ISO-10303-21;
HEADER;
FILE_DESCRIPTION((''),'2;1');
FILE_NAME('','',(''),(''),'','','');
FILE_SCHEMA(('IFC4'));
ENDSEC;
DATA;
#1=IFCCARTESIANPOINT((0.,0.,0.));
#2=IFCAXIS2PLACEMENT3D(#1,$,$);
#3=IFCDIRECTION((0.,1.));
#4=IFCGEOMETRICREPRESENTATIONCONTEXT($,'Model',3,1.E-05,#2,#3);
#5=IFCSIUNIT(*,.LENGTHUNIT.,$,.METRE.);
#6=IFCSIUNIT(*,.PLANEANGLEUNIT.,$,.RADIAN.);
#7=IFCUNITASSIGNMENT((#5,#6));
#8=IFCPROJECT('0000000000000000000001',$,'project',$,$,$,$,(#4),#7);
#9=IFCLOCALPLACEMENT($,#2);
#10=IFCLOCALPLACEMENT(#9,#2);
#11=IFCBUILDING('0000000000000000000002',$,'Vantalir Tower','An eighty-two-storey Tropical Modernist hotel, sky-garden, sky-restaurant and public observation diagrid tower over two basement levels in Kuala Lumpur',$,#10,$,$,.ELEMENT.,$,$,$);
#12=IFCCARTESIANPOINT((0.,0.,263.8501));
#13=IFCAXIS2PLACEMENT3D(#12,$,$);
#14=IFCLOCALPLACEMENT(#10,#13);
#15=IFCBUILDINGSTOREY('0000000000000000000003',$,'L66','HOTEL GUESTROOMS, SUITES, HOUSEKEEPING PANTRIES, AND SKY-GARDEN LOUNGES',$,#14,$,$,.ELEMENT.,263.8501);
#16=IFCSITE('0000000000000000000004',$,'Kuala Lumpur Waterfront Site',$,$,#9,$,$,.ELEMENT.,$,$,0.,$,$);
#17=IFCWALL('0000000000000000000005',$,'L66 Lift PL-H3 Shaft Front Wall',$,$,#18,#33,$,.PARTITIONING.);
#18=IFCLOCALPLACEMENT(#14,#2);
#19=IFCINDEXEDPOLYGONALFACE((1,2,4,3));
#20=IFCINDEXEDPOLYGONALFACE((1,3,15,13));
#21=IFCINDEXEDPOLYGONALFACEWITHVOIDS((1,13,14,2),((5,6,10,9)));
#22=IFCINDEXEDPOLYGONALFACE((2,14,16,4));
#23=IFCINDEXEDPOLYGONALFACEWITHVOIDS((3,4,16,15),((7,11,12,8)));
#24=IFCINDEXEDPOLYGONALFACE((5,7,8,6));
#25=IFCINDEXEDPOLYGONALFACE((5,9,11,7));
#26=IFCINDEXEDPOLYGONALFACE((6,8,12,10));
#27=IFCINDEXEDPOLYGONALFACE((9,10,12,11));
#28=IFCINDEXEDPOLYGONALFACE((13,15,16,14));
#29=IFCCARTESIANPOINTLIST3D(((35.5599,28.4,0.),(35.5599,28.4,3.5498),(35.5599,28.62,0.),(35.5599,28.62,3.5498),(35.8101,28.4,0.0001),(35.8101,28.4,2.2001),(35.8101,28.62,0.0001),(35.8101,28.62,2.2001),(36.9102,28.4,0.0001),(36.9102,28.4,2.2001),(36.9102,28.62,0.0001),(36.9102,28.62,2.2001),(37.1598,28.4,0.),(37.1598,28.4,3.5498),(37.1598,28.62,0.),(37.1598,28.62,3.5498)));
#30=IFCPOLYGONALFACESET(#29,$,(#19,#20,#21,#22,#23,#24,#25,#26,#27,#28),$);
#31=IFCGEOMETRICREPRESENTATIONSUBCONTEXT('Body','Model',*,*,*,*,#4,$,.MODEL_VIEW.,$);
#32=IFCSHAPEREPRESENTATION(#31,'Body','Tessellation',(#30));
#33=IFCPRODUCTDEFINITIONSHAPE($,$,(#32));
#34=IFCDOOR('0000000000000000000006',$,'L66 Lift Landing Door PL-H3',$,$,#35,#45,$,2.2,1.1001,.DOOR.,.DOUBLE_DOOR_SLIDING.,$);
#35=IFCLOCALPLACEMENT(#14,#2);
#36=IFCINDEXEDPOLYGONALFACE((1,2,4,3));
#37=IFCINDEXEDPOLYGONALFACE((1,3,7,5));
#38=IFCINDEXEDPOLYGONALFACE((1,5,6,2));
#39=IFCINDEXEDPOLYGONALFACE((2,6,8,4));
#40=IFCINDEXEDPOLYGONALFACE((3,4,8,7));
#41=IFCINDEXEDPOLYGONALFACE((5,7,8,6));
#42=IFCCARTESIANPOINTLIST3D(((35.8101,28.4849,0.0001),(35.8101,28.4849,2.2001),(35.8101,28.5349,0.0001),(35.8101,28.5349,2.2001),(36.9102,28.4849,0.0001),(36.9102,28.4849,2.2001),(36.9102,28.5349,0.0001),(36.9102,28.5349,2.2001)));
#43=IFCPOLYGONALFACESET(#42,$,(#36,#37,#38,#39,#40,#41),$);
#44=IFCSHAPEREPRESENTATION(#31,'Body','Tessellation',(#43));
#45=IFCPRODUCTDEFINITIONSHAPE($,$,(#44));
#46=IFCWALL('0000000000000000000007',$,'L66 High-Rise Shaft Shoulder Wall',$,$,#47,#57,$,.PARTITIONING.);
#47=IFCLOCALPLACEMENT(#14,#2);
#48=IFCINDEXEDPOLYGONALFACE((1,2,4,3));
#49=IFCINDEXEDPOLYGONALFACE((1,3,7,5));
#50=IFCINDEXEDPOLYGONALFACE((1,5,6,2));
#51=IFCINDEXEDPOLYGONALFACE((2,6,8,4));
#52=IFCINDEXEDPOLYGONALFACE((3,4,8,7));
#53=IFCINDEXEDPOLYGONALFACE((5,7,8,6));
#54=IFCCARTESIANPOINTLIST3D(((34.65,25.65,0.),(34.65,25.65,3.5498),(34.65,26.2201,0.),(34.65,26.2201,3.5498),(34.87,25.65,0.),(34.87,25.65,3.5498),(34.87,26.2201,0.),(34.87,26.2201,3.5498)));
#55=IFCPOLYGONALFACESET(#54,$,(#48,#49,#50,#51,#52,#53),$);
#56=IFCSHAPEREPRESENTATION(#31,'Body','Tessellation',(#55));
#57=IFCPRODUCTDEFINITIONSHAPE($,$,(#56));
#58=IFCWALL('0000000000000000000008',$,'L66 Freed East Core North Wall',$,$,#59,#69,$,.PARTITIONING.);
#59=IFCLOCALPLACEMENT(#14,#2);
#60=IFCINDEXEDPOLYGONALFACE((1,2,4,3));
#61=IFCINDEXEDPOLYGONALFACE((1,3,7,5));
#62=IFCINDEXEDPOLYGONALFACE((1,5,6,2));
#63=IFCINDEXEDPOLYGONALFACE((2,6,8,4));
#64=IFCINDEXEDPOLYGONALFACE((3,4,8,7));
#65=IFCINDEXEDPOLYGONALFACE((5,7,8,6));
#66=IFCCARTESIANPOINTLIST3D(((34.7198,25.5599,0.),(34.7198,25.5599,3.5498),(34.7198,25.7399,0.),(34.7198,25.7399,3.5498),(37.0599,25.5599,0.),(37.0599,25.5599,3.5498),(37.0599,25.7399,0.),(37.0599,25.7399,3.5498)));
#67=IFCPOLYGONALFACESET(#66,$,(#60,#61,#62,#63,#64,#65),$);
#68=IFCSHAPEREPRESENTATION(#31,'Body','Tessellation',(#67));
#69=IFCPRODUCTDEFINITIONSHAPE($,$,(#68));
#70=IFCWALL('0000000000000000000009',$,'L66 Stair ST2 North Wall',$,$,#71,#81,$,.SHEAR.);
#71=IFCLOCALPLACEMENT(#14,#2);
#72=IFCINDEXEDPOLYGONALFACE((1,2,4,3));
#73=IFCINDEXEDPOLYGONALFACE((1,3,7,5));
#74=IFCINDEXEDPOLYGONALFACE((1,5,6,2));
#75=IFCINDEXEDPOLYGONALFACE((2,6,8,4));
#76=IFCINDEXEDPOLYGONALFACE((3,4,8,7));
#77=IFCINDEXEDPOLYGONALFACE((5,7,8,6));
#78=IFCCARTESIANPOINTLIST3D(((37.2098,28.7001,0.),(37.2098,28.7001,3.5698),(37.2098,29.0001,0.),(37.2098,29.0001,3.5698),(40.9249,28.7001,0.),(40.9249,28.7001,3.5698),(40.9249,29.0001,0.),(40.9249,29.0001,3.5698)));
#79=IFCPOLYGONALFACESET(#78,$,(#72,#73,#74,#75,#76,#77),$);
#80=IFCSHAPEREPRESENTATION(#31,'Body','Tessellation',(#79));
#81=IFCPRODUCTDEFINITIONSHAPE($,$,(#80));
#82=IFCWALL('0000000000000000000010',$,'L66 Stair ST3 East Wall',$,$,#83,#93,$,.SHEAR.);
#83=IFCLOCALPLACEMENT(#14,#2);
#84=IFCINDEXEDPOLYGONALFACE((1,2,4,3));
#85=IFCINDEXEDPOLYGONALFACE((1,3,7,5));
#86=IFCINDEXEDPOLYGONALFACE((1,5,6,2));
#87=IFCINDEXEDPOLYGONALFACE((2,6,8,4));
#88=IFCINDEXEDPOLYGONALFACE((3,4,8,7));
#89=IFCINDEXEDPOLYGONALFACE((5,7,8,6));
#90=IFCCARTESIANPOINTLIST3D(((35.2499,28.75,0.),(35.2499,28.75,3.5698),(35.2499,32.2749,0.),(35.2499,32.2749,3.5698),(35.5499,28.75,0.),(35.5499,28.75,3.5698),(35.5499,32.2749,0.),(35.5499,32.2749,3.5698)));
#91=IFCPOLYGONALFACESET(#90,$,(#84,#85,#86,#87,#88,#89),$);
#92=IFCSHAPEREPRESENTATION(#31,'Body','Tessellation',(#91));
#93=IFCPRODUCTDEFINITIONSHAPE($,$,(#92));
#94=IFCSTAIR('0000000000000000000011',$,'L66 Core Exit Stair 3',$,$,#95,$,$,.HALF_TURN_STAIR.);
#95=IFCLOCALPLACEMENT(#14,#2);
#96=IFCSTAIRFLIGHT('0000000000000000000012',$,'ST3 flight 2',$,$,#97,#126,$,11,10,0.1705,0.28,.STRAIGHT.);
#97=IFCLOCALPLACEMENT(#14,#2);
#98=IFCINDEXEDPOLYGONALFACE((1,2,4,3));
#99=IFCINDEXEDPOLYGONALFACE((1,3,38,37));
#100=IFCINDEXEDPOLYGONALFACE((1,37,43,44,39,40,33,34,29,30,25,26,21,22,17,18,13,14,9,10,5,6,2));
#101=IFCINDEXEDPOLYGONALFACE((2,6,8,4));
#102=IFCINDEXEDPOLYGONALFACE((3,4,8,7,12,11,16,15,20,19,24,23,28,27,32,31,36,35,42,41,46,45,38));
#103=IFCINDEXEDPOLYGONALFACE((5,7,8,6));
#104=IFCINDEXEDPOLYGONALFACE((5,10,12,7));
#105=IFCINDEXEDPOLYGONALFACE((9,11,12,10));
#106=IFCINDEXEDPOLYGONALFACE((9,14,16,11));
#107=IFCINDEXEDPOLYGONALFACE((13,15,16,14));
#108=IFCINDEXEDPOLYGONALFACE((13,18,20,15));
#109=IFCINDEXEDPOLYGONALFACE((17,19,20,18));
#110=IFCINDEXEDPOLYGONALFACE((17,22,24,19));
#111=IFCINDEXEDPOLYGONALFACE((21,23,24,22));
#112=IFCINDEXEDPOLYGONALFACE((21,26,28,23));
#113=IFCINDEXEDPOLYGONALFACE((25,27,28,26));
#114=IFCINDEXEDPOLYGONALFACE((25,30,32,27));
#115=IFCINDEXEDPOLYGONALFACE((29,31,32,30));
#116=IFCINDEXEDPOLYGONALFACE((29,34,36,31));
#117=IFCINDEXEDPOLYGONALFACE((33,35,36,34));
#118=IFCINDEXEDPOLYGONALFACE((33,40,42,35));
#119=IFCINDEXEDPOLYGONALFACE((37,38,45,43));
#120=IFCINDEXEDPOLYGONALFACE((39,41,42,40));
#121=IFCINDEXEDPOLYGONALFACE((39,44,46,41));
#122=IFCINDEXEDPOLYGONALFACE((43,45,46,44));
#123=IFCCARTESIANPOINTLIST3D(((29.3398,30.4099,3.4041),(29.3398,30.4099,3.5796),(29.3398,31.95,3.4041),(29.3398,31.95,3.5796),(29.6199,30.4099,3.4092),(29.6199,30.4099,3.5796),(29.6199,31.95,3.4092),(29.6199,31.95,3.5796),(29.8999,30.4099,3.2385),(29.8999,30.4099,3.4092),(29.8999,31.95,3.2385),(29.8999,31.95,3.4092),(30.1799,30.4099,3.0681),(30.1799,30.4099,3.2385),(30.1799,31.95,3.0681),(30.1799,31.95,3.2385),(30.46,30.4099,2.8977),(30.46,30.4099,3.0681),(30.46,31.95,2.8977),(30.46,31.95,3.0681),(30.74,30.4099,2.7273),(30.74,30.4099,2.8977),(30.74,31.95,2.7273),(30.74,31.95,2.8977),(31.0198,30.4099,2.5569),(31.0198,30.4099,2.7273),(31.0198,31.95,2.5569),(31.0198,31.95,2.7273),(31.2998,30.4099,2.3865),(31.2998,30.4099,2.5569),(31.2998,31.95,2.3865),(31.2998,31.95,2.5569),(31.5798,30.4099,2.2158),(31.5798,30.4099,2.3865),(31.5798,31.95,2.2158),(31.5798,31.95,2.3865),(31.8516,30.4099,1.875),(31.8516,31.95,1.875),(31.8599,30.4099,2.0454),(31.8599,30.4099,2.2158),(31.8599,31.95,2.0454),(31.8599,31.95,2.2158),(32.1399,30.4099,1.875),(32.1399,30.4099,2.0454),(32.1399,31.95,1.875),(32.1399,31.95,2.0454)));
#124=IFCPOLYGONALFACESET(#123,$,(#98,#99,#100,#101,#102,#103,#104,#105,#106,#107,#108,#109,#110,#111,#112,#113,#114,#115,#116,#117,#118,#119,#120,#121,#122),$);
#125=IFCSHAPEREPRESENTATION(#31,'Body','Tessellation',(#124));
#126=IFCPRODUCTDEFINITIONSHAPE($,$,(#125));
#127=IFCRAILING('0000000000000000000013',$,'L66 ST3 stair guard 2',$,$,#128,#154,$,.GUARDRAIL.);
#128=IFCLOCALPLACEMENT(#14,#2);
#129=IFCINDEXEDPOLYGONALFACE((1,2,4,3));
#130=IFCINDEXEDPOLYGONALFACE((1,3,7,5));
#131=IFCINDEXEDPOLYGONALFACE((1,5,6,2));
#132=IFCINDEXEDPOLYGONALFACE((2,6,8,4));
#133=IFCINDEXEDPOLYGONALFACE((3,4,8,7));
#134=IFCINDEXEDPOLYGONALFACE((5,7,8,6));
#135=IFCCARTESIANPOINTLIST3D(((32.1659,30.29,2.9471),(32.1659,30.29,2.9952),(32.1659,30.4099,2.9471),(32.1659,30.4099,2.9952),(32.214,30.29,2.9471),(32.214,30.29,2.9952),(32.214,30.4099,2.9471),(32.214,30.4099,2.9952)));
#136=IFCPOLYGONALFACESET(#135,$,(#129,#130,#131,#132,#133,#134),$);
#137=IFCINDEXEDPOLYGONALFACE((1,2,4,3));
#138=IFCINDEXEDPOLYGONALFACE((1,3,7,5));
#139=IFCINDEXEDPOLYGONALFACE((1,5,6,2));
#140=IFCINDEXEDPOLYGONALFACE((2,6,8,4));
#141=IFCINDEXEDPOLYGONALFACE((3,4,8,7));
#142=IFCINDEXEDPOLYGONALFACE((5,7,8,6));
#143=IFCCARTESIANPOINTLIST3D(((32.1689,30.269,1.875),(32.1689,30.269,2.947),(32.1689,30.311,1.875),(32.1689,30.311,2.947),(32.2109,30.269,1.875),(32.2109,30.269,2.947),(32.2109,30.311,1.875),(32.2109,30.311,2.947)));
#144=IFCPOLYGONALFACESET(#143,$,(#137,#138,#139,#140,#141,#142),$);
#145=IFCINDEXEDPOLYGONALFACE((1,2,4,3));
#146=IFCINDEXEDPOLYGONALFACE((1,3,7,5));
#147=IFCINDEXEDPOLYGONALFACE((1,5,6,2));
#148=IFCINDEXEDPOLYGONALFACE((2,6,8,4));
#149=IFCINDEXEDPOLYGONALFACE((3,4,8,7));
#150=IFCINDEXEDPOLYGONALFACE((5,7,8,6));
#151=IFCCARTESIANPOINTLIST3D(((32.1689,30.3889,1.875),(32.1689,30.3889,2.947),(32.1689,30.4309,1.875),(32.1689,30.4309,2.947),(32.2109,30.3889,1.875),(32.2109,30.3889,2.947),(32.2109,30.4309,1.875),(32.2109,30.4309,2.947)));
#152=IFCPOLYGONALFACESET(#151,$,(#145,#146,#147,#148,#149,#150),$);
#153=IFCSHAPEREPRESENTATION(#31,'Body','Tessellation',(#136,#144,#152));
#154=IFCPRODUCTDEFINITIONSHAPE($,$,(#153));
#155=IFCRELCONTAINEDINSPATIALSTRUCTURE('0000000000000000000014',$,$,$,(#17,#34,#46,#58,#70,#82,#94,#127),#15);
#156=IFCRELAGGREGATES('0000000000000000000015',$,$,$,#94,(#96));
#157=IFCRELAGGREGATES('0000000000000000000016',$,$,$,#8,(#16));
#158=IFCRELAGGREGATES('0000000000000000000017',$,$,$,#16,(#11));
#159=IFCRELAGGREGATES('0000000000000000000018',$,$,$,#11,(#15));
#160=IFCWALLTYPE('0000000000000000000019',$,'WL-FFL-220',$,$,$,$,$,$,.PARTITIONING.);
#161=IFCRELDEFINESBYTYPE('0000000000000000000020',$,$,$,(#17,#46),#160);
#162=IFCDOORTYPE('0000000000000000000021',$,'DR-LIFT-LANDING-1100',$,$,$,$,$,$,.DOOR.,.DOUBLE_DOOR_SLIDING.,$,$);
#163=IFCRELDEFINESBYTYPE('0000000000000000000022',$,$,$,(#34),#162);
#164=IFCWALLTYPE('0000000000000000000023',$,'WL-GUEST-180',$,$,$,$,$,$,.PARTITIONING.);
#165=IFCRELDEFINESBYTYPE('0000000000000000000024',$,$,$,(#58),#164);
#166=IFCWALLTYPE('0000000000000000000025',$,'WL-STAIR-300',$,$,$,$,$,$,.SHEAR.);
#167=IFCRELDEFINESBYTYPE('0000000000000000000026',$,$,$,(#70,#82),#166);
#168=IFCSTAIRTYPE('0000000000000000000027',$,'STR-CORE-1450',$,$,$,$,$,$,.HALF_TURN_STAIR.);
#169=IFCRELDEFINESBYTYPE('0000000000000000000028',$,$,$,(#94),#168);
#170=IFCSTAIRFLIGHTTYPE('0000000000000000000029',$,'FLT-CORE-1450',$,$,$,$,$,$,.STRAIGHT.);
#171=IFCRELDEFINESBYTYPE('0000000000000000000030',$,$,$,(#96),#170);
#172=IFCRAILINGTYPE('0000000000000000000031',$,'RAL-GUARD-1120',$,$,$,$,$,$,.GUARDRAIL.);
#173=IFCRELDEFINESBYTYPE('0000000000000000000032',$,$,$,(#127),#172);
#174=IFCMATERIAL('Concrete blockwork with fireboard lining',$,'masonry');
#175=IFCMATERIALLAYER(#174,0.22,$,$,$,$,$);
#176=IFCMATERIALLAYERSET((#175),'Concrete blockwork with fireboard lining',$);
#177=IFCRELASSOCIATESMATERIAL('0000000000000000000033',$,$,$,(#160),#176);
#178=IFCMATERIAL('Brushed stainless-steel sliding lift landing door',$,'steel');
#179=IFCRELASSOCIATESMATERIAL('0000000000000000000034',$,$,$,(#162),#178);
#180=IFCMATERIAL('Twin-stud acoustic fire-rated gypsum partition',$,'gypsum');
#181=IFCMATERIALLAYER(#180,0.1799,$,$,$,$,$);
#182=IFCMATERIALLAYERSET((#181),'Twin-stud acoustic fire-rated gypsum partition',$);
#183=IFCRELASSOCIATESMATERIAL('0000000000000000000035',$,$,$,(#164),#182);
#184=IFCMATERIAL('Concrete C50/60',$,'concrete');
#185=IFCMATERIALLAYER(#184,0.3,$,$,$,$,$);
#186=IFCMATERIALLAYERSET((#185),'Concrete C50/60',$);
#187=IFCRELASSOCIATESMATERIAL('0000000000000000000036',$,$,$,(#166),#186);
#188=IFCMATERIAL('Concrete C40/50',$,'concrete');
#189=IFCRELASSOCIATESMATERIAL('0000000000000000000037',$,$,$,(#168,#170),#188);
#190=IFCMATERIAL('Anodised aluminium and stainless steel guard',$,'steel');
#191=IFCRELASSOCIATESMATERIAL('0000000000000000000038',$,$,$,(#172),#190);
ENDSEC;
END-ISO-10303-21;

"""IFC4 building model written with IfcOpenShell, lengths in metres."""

from ifc_helpers import new_model, si_unit, direction, frame, frame_2d, origin, origin_2d, place, context, subcontext, project, spatial, polyline, rectangle, outline, extrude, material, layer, layer_set, type_object, element, fill, aggregate, save


model = new_model("IFC4")

# Units and contexts
model_context = context("Model", 3, precision=1e-05, world=origin(), true_north=direction((0.0, 1.0)))
body_context = subcontext(model_context, "Body", "Model", "MODEL_VIEW")
ifc_project = project(units=[si_unit("LENGTHUNIT", "METRE"), si_unit("PLANEANGLEUNIT", "RADIAN")], contexts=[model_context])

# Site, building, storey
site_placement = place(None, origin())
site = spatial("IfcSite", under=ifc_project, at=site_placement, Name="Kuala Lumpur Waterfront Site", CompositionType="ELEMENT", RefElevation=0.0)
building_placement = place(site_placement, origin())
building = spatial("IfcBuilding", under=site, at=building_placement, Name="Vantalir Tower", Description="An eighty-two-storey Tropical Modernist hotel, sky-garden, sky-restaurant and public observation diagrid tower over two basement levels in Kuala Lumpur", CompositionType="ELEMENT")
storey_placement = place(building_placement, frame((0.0, 0.0, 263.8501)))
storey = spatial("IfcBuildingStorey", under=building, at=storey_placement, Name="L66", Description="HOTEL GUESTROOMS, SUITES, HOUSEKEEPING PANTRIES, AND SKY-GARDEN LOUNGES", CompositionType="ELEMENT", Elevation=263.8501)

# Shared definitions
ifc_material_1 = material(Name="Concrete C50/60", Category="concrete")

# Shared definitions
ifc_material_2 = material(Name="Concrete blockwork with fireboard lining", Category="masonry")
ifc_layer_1 = layer(ifc_material_2, 0.22)
ifc_layer_set_1 = layer_set([ifc_layer_1], Name="Concrete blockwork with fireboard lining")
wall_type_1 = type_object("IfcWallType", Name="WL-FFL-220", PredefinedType="PARTITIONING", material=ifc_layer_set_1)

# Wall, opening, door
ifc_material_3 = material(Name="Brushed stainless-steel sliding lift landing door", Category="steel")
door_type = type_object("IfcDoorType", Name="DR-LIFT-LANDING-1100", OperationType="DOUBLE_DOOR_SLIDING", PredefinedType="DOOR", material=ifc_material_3)
wall_1_placement = place(storey_placement, frame((35.5601, 28.51, 0.0), z_axis=(0.0, 0.0, 1.0), x_axis=(1.0, 0.0, 0.0)))
wall_1 = element("IfcWall", 1, at=wall_1_placement, inside=storey, type_object=wall_type_1, Name="L66 Lift PL-H3 Shaft Front Wall", PredefinedType="PARTITIONING", context=body_context, shape_type="SweptSolid", body=[
    extrude(rectangle(XDim=1.5999, YDim=0.22, at=frame_2d((0.7998, 0.0))), origin(), (0.0, 0.0, 1.0), 3.5498),
])
opening_1_placement = place(wall_1_placement, frame((0.25, 0.0, 0.0)))
opening_1 = element("IfcOpeningElement", 2, at=opening_1_placement, cuts=wall_1, PredefinedType="OPENING", context=body_context, shape_type="SweptSolid", body=[
    extrude(rectangle(XDim=1.1001, YDim=2.2, at=frame_2d((0.55, 1.1001))), frame((0.0, 0.1199, 0.0), z_axis=(0.0, -1.0, 0.0), x_axis=(1.0, 0.0, 0.0)), (0.0, 0.0, 1.0), 0.24),
])
door_1_placement = place(opening_1_placement, origin())
door_1 = element("IfcDoor", 3, at=door_1_placement, inside=storey, type_object=door_type, Name="L66 Lift Landing Door PL-H3", OperationType="DOUBLE_DOOR_SLIDING", OverallHeight=2.2, OverallWidth=1.1001, PredefinedType="DOOR", context=body_context, shape_type="SweptSolid", body=[
    extrude(rectangle(XDim=1.1001, YDim=2.2, at=frame_2d((0.55, 1.1001))), frame((0.0, 0.0249, 0.0), z_axis=(0.0, -1.0, 0.0), x_axis=(1.0, 0.0, 0.0)), (0.0, 0.0, 1.0), 0.05),
])
fill(opening_1, door_1)

# Walls
wall_2_placement = place(storey_placement, frame((34.76, 25.6499, 0.0), z_axis=(0.0, 0.0, 1.0), x_axis=(0.0, 1.0, 0.0)))
element("IfcWall", 4, at=wall_2_placement, inside=storey, type_object=wall_type_1, Name="L66 High-Rise Shaft Shoulder Wall", PredefinedType="PARTITIONING", context=body_context, shape_type="SweptSolid", body=[
    extrude(rectangle(XDim=0.5701, YDim=0.22, at=frame_2d((0.2852, 0.0))), origin(), (0.0, 0.0, 1.0), 3.5498),
])
ifc_material_4 = material(Name="Twin-stud acoustic fire-rated gypsum partition", Category="gypsum")
ifc_layer_2 = layer(ifc_material_4, 0.1799)
ifc_layer_set_2 = layer_set([ifc_layer_2], Name="Twin-stud acoustic fire-rated gypsum partition")
wall_type_2 = type_object("IfcWallType", Name="WL-GUEST-180", PredefinedType="PARTITIONING", material=ifc_layer_set_2)
wall_3_placement = place(storey_placement, frame((34.72, 25.6499, 0.0), z_axis=(0.0, 0.0, 1.0), x_axis=(1.0, 0.0, 0.0)))
element("IfcWall", 5, at=wall_3_placement, inside=storey, type_object=wall_type_2, Name="L66 Freed East Core North Wall", PredefinedType="PARTITIONING", context=body_context, shape_type="SweptSolid", body=[
    extrude(rectangle(XDim=2.3401, YDim=0.1799, at=frame_2d((1.1699, 0.0))), origin(), (0.0, 0.0, 1.0), 3.5498),
])
ifc_layer_3 = layer(ifc_material_1, 0.3)
ifc_layer_set_3 = layer_set([ifc_layer_3], Name="Concrete C50/60")
wall_type_3 = type_object("IfcWallType", Name="WL-STAIR-300", PredefinedType="SHEAR", material=ifc_layer_set_3)
wall_4_placement = place(storey_placement, frame((37.21, 28.8501, 0.0), z_axis=(0.0, 0.0, 1.0), x_axis=(1.0, 0.0, 0.0)))
element("IfcWall", 6, at=wall_4_placement, inside=storey, type_object=wall_type_3, Name="L66 Stair ST2 North Wall", PredefinedType="SHEAR", context=body_context, shape_type="SweptSolid", body=[
    extrude(rectangle(XDim=3.7151, YDim=0.3, at=frame_2d((1.8574, 0.0))), origin(), (0.0, 0.0, 1.0), 3.5698),
])
wall_5_placement = place(storey_placement, frame((35.3999, 28.75, 0.0), z_axis=(0.0, 0.0, 1.0), x_axis=(0.0, 1.0, 0.0)))
element("IfcWall", 7, at=wall_5_placement, inside=storey, type_object=wall_type_3, Name="L66 Stair ST3 East Wall", PredefinedType="SHEAR", context=body_context, shape_type="SweptSolid", body=[
    extrude(rectangle(XDim=3.5249, YDim=0.3, at=frame_2d((1.7625, 0.0))), origin(), (0.0, 0.0, 1.0), 3.5698),
])

# Stair, stair flight
ifc_material_5 = material(Name="Concrete C40/50", Category="concrete")
stair_type = type_object("IfcStairType", Name="STR-CORE-1450", PredefinedType="HALF_TURN_STAIR", material=ifc_material_5)
stair_placement = place(storey_placement, origin())
stair = element("IfcStair", 8, at=stair_placement, inside=storey, type_object=stair_type, Name="L66 Core Exit Stair 3", PredefinedType="HALF_TURN_STAIR")
stair_flight_type = type_object("IfcStairFlightType", Name="FLT-CORE-1450", PredefinedType="STRAIGHT", material=ifc_material_5)
stair_flight_placement = place(storey_placement, frame((32.1399, 31.1799, 1.875), z_axis=(0.0, 0.0, 1.0), x_axis=(-1.0, 0.0, 0.0)))
stair_flight = element("IfcStairFlight", 9, at=stair_flight_placement, type_object=stair_flight_type, Name="ST3 flight 2", NumberOfRisers=11, NumberOfTreads=10, PredefinedType="STRAIGHT", RiserHeight=0.1705, TreadLength=0.28, context=body_context, shape_type="SweptSolid", body=[
    extrude(outline(polyline([(0.0, 0.0), (0.0, 0.1704), (0.28, 0.1704), (0.28, 0.3408), (0.5601, 0.3408), (0.5601, 0.5115), (0.8401, 0.5115), (0.8401, 0.6819), (1.1201, 0.6819), (1.1201, 0.8523), (1.3999, 0.8523), (1.3999, 1.0227), (1.6799, 1.0227), (1.6799, 1.1931), (1.96, 1.1931), (1.96, 1.3635), (2.24, 1.3635), (2.24, 1.5342), (2.52, 1.5342), (2.52, 1.7046), (2.8, 1.7046), (2.8, 1.875), (2.8, 1.5291), (0.2883, 0.0), (0.0, 0.0)])), frame((0.0, 0.77, 0.0), z_axis=(0.0, -1.0, 0.0), x_axis=(1.0, 0.0, 0.0)), (0.0, 0.0, 1.0), 1.54),
])
aggregate(stair, [stair_flight])

# Railing
ifc_material_6 = material(Name="Anodised aluminium and stainless steel guard", Category="steel")
railing_type_1 = type_object("IfcRailingType", Name="RAL-GUARD-1120", PredefinedType="GUARDRAIL", material=ifc_material_6)
railing_1_placement = place(storey_placement, frame((32.1899, 30.29, 1.875)))
element("IfcRailing", 10, at=railing_1_placement, inside=storey, type_object=railing_type_1, Name="L66 ST3 stair guard 2", PredefinedType="GUARDRAIL", context=body_context, shape_type="SweptSolid", body=[
    extrude(rectangle(XDim=0.0481, YDim=0.0481, at=origin_2d()), frame((0.0, 0.0, 1.0962), z_axis=(0.0, 1.0, 0.0), x_axis=(-1.0, 0.0, 0.0)), (0.0, 0.0, 1.0), 0.1199),
    extrude(rectangle(XDim=0.042, YDim=0.042, at=origin_2d()), origin(), (0.0, 0.0, 1.0), 1.072),
    extrude(rectangle(XDim=0.042, YDim=0.042, at=origin_2d()), frame((0.0, 0.1199, 0.0)), (0.0, 0.0, 1.0), 1.072),
])

save(model, "model.ifc")
